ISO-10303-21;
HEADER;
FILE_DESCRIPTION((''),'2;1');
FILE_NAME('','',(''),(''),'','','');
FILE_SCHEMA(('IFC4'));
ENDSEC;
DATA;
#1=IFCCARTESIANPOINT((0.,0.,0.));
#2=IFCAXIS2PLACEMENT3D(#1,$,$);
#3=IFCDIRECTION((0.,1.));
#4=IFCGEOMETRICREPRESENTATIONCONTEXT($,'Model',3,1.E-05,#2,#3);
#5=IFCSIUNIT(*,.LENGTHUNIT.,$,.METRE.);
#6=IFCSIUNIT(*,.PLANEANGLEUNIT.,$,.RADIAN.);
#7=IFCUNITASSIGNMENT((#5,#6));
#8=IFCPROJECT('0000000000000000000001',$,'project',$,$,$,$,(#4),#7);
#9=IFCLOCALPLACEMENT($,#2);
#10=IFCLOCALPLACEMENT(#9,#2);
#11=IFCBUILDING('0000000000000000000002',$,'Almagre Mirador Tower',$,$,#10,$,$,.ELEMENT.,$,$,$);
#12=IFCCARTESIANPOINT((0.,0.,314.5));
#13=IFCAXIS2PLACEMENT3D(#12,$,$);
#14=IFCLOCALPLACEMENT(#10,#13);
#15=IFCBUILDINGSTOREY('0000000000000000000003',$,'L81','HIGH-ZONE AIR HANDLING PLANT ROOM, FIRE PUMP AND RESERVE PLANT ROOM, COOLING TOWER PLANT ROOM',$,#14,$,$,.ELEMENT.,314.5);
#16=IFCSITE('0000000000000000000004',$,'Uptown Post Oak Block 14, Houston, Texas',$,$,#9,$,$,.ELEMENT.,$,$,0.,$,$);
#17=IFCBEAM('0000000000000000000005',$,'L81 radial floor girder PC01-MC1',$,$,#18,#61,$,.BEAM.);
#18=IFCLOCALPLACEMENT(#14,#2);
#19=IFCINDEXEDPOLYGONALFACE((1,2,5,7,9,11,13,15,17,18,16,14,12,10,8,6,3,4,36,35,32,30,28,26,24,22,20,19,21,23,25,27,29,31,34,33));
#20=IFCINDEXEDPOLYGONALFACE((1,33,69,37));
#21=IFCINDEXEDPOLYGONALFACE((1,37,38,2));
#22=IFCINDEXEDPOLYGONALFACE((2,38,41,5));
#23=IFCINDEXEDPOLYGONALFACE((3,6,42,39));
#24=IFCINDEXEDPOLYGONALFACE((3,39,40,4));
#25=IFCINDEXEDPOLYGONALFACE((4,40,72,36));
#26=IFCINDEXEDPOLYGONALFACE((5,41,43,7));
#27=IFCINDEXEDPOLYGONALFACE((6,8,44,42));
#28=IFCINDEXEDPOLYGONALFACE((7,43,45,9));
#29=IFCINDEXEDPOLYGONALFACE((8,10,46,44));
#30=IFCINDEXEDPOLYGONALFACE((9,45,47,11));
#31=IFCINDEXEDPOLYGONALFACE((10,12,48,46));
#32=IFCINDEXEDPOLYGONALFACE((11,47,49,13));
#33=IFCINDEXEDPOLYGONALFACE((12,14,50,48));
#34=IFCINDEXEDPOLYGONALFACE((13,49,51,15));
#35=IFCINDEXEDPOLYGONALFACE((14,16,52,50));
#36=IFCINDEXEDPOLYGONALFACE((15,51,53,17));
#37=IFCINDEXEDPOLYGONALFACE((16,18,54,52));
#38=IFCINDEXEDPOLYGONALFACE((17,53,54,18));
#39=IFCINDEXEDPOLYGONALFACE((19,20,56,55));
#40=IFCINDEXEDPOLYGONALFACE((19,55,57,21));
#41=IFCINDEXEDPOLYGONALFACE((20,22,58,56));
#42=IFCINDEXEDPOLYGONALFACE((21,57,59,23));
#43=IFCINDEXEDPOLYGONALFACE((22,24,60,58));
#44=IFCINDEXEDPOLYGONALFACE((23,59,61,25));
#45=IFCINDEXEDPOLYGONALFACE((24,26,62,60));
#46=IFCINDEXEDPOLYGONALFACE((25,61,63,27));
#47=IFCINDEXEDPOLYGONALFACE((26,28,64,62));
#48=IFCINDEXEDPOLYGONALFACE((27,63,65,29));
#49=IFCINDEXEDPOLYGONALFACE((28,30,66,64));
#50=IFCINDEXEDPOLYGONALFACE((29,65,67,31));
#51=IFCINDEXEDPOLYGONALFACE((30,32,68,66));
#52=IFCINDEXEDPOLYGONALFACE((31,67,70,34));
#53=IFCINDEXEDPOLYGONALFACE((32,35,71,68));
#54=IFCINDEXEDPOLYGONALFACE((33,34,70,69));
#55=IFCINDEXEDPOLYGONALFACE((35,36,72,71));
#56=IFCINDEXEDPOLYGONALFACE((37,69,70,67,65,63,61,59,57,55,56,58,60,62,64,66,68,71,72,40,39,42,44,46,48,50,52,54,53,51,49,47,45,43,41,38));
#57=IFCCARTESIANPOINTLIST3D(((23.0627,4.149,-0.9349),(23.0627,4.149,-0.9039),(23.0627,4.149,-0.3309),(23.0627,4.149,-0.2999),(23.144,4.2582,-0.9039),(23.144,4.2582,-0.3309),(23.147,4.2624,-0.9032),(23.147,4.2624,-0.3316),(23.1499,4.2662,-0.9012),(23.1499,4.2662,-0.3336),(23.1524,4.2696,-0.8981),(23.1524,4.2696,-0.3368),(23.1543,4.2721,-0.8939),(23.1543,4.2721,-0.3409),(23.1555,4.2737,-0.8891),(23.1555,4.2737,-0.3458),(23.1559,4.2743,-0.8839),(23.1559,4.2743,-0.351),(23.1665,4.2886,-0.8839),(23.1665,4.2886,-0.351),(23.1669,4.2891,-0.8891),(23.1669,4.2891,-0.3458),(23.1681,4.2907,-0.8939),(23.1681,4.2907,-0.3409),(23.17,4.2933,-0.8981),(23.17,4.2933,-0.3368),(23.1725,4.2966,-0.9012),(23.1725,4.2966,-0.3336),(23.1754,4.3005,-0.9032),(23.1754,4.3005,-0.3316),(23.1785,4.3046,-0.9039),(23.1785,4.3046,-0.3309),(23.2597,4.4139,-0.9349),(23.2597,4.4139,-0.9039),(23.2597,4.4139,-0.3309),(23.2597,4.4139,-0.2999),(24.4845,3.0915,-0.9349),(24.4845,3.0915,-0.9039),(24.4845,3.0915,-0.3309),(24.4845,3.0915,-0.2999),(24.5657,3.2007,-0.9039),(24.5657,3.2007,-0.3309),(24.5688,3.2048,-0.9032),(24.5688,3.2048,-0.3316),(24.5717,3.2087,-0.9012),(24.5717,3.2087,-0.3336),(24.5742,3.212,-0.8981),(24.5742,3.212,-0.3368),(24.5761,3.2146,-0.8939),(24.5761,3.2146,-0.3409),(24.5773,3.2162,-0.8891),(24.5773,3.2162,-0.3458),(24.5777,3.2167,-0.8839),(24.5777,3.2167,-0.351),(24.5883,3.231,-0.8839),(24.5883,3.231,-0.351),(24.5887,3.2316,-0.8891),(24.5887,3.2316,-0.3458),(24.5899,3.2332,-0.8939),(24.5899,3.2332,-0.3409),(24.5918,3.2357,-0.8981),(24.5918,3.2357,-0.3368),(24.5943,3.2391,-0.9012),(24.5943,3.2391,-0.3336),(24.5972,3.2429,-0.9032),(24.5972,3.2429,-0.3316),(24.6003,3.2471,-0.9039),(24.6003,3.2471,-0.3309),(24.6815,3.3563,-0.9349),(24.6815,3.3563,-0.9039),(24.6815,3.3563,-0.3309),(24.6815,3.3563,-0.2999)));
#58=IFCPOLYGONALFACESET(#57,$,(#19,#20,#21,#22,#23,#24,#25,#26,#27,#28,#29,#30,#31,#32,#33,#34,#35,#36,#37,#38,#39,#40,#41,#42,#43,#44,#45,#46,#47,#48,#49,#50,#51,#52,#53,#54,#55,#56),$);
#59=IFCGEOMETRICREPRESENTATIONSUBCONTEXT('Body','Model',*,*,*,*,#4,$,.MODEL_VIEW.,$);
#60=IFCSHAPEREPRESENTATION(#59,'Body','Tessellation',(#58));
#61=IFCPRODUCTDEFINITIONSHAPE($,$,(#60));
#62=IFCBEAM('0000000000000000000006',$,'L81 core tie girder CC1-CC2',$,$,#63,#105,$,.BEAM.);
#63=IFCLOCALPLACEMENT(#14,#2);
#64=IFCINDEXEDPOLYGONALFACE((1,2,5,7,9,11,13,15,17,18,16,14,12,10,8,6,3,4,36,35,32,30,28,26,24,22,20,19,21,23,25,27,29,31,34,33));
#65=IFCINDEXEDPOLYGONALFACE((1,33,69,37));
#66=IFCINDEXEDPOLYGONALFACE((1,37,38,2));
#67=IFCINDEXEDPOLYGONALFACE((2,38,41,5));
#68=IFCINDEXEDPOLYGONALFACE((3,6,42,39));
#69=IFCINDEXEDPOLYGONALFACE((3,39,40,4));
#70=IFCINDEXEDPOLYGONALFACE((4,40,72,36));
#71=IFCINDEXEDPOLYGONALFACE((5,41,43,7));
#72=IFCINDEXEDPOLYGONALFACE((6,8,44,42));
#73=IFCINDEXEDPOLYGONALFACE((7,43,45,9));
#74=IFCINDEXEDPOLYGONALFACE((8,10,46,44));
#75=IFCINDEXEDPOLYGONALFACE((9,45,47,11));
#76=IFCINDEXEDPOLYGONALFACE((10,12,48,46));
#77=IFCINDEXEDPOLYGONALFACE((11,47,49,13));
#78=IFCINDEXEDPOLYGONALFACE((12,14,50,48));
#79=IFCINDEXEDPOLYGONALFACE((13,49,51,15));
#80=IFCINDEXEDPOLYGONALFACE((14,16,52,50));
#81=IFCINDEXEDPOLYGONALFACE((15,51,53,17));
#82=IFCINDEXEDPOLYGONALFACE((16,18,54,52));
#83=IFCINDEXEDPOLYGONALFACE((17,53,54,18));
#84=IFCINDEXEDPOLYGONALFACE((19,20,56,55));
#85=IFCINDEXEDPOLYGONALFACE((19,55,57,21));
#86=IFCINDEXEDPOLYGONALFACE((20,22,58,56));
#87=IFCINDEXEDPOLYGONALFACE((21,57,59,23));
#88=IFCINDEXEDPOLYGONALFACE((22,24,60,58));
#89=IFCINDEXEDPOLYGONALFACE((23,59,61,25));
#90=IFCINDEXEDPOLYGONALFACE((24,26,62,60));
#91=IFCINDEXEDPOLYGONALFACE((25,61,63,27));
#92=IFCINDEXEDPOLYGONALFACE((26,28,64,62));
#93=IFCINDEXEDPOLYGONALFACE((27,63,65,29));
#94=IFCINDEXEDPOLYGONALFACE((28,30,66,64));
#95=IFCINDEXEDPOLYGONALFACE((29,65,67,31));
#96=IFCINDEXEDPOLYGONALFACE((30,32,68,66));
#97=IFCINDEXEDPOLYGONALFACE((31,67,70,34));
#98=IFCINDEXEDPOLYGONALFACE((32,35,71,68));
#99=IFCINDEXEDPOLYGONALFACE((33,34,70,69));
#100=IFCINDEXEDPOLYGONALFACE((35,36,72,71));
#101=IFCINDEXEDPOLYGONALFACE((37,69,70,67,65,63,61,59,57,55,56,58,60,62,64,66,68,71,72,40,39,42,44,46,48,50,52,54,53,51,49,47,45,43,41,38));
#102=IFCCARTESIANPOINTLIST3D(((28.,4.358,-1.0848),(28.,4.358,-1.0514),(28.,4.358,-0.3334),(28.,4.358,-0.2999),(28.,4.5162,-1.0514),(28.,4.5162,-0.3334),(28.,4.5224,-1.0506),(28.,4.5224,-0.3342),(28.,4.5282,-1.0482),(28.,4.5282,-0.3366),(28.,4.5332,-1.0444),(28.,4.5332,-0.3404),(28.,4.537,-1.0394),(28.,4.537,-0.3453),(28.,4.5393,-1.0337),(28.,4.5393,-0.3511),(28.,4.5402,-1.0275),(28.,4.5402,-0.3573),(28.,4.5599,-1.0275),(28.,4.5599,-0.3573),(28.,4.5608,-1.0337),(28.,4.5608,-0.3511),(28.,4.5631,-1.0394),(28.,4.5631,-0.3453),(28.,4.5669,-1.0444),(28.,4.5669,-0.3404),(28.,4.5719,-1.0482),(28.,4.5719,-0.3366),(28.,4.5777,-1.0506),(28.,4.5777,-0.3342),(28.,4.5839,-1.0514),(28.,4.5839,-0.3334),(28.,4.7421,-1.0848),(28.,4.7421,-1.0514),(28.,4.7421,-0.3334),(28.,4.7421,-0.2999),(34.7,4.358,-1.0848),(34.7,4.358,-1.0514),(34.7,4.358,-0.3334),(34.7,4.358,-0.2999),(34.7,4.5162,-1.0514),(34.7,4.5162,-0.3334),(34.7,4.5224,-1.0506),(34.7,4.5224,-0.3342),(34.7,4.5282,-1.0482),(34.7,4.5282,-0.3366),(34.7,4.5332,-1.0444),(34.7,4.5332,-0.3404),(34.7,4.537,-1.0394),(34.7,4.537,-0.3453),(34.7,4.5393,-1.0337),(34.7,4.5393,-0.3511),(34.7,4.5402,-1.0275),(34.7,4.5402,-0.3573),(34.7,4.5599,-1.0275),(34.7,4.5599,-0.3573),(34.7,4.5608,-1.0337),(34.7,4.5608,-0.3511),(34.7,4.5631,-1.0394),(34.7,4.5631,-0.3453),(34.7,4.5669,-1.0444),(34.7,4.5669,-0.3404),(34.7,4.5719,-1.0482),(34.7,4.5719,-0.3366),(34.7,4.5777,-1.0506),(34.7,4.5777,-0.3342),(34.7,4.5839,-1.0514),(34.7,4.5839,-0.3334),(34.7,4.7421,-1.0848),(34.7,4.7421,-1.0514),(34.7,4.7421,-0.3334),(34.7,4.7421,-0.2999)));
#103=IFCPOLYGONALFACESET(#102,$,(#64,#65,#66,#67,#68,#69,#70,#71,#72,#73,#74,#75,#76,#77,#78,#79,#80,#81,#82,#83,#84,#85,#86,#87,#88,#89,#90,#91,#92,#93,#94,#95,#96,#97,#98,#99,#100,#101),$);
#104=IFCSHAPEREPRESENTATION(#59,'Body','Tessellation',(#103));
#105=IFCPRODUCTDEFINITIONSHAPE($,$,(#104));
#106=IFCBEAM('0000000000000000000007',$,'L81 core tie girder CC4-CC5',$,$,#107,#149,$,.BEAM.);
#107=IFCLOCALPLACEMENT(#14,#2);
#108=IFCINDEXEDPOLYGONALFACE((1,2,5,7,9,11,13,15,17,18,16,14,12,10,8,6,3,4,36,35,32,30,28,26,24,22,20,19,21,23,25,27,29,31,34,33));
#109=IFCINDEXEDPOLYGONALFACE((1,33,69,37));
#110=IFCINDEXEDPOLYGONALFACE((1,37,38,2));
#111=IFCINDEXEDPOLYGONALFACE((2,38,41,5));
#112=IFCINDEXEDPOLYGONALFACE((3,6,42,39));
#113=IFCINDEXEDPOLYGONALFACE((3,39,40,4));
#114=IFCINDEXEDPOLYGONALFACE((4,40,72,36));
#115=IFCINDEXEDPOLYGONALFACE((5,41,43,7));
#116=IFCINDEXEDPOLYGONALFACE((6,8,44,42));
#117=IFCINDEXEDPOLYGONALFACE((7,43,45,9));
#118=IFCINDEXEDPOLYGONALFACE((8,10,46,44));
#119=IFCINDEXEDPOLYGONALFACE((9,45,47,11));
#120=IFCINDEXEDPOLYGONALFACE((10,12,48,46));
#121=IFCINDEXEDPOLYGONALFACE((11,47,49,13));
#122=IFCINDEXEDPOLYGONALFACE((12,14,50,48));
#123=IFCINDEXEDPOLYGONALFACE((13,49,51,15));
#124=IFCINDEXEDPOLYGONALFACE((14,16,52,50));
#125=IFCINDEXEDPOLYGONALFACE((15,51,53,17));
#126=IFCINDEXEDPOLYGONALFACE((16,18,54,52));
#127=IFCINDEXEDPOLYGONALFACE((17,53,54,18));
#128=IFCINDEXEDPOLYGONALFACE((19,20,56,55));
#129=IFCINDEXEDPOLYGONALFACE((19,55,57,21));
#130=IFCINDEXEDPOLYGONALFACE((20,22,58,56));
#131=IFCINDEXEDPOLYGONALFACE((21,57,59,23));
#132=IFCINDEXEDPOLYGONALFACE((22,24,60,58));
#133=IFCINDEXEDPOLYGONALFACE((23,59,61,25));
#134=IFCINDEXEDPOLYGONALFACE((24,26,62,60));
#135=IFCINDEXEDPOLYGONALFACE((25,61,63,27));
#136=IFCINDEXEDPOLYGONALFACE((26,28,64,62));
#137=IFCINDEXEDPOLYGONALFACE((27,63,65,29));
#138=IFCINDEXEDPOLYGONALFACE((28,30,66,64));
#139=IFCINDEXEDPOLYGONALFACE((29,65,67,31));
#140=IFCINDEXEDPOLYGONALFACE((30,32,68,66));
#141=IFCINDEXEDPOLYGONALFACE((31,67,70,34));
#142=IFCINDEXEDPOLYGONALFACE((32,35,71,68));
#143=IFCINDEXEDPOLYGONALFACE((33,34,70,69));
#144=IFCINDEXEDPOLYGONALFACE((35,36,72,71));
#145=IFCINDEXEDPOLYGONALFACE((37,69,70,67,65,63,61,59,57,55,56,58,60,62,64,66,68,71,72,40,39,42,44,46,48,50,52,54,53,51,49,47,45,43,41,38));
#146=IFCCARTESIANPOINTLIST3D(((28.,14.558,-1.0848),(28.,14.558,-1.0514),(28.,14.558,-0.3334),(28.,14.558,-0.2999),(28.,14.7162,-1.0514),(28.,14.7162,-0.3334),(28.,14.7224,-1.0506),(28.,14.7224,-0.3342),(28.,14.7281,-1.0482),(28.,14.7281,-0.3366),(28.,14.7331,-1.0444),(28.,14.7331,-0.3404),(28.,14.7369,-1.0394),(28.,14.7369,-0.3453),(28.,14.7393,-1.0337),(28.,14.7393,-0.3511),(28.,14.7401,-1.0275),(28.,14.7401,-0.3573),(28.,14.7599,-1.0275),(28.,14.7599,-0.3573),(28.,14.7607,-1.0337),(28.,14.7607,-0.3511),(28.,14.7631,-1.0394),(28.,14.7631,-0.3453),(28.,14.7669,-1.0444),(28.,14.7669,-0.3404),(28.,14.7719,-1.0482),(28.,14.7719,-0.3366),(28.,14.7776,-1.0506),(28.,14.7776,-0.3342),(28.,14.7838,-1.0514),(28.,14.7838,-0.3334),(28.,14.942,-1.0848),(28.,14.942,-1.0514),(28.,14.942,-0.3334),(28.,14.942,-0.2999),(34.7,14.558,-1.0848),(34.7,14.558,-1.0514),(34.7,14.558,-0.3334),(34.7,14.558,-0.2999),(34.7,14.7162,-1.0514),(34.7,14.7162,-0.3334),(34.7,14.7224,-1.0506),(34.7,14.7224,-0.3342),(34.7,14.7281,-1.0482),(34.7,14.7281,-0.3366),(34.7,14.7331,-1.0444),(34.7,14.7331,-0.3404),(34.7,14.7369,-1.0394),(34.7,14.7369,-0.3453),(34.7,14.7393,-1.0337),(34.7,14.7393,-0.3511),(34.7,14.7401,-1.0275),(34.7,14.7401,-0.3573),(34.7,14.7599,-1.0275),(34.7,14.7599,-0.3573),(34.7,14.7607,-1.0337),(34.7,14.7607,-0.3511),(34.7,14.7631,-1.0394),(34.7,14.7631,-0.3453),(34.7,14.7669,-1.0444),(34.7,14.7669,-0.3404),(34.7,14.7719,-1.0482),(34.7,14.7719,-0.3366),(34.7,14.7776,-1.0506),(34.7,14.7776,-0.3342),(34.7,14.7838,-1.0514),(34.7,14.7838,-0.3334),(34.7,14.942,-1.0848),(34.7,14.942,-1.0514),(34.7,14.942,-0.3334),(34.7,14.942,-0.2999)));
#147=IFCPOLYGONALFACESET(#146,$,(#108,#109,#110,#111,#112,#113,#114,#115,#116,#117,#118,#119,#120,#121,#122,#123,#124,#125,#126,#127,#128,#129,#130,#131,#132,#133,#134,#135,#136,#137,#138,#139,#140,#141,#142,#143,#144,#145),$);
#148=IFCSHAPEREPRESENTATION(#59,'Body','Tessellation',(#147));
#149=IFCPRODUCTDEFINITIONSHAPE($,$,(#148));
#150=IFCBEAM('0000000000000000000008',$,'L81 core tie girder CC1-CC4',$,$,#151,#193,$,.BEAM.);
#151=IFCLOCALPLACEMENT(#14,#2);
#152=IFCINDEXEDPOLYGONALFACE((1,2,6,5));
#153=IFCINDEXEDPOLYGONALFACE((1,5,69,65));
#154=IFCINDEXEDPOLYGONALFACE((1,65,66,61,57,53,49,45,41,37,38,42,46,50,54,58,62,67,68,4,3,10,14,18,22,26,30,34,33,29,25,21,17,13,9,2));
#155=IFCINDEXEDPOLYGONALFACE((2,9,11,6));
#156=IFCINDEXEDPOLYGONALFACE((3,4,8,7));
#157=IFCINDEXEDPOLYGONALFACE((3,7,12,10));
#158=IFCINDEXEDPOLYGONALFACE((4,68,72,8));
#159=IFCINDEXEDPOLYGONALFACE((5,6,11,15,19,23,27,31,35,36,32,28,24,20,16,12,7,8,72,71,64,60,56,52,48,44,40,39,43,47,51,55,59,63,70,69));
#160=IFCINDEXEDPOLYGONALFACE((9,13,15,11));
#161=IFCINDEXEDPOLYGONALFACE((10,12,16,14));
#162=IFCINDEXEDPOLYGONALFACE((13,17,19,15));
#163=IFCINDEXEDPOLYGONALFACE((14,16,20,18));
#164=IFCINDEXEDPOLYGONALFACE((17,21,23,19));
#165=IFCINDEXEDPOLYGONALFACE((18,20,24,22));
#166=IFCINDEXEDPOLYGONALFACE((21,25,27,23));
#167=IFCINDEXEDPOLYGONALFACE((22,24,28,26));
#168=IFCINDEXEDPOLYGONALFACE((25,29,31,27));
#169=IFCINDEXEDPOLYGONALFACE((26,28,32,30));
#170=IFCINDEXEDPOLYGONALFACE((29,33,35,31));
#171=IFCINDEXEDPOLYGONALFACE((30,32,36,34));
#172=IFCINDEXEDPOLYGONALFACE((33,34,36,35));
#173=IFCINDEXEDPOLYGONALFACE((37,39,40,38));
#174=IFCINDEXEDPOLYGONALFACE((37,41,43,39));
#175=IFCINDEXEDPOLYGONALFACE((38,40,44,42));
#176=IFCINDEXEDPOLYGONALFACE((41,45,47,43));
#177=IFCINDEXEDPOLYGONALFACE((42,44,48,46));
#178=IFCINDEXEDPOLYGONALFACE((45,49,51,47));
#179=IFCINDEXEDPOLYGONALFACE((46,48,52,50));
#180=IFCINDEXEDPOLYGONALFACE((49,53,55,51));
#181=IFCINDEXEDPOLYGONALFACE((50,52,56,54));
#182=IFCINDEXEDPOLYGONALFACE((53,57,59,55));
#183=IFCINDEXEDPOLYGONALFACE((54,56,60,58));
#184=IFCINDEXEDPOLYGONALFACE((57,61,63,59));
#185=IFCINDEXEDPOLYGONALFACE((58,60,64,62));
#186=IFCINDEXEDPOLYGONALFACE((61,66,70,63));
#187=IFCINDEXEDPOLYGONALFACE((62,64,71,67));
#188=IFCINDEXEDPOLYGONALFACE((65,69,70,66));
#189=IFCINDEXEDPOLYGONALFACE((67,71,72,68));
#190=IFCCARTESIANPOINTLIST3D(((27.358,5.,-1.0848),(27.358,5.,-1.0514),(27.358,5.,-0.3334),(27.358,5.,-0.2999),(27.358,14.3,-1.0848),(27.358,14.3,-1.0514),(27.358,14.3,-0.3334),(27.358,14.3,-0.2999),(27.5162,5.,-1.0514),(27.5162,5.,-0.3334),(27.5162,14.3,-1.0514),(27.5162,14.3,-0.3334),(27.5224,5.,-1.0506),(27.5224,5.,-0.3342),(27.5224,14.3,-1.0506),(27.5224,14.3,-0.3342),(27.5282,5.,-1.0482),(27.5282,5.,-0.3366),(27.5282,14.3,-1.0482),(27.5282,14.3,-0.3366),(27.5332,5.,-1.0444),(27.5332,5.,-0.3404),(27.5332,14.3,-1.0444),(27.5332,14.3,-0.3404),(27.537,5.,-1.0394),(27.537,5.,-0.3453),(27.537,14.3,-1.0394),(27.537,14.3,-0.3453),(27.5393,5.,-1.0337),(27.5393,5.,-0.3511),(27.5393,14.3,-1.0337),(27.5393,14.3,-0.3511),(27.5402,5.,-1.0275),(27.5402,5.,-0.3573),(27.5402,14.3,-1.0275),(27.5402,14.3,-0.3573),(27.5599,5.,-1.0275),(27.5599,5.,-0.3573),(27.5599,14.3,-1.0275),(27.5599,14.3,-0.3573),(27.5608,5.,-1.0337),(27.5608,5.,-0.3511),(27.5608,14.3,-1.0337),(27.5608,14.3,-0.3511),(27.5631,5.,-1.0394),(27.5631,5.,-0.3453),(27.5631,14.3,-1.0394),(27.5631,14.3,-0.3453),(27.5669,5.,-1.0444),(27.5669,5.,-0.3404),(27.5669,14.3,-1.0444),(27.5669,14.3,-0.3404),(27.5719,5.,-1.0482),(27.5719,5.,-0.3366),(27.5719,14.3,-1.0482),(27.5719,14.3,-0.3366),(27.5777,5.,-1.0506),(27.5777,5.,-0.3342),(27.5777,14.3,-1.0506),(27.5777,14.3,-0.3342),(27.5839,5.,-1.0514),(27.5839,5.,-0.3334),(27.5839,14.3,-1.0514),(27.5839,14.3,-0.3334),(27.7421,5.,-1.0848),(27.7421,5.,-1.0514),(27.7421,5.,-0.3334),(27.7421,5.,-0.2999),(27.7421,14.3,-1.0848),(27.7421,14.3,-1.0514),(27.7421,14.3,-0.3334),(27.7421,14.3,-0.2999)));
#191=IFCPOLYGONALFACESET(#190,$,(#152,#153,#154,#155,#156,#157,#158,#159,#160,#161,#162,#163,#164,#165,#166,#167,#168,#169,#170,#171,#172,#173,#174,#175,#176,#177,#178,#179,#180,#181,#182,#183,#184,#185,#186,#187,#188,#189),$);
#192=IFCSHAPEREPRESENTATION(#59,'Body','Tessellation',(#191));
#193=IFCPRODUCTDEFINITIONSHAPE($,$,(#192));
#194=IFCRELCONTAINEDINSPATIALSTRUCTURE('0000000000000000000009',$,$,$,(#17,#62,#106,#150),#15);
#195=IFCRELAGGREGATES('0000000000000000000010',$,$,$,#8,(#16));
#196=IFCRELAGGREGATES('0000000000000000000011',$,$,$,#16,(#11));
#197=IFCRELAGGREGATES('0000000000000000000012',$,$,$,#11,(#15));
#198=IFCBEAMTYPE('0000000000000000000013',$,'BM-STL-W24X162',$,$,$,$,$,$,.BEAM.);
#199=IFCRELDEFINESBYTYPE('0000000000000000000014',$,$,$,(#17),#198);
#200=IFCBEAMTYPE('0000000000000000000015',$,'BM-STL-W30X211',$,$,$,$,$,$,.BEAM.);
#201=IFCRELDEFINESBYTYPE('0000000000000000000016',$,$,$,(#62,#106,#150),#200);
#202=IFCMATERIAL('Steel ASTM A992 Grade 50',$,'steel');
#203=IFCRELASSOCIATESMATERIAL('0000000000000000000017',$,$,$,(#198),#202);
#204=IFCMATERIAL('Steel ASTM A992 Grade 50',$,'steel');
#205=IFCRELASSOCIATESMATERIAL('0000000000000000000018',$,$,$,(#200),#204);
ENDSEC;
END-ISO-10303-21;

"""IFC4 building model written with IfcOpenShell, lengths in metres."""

from ifc_helpers import new_model, si_unit, direction, frame, origin, origin_2d, place, context, subcontext, project, spatial, i_section, extrude, material, material_profile, profile_set, type_object, element, save


model = new_model("IFC4")

# Units and contexts
model_context = context("Model", 3, precision=1e-05, world=origin(), true_north=direction((0.0, 1.0)))
body_context = subcontext(model_context, "Body", "Model", "MODEL_VIEW")
ifc_project = project(units=[si_unit("LENGTHUNIT", "METRE"), si_unit("PLANEANGLEUNIT", "RADIAN")], contexts=[model_context])

# Site, building, storey
site_placement = place(None, origin())
site = spatial("IfcSite", under=ifc_project, at=site_placement, Name="Uptown Post Oak Block 14, Houston, Texas", CompositionType="ELEMENT", RefElevation=0.0)
building_placement = place(site_placement, origin())
building = spatial("IfcBuilding", under=site, at=building_placement, Name="Almagre Mirador Tower", CompositionType="ELEMENT")
storey_placement = place(building_placement, frame((0.0, 0.0, 314.5)))
storey = spatial("IfcBuildingStorey", under=building, at=storey_placement, Name="L81", Description="HIGH-ZONE AIR HANDLING PLANT ROOM, FIRE PUMP AND RESERVE PLANT ROOM, COOLING TOWER PLANT ROOM", CompositionType="ELEMENT", Elevation=314.5)

# Beams
ifc_material_1 = material(Name="Steel ASTM A992 Grade 50", Category="steel")
ifc_material_profile_1 = material_profile(ifc_material_1, i_section(OverallWidth=0.3301, OverallDepth=0.635, WebThickness=0.0178, FlangeThickness=0.031, FilletRadius=0.02, at=origin_2d()), Name="W24X162")
ifc_profile_set_1 = profile_set([ifc_material_profile_1], Name="Steel ASTM A992 Grade 50")
beam_type_1 = type_object("IfcBeamType", Name="BM-STL-W24X162", PredefinedType="BEAM", material=ifc_profile_set_1)
beam_1_placement = place(storey_placement, frame((24.583, 3.2239, -0.6174), z_axis=(-0.802374, 0.596821, 0.0), x_axis=(-0.596821, -0.802374, 0.0)))
element("IfcBeam", 1, at=beam_1_placement, inside=storey, type_object=beam_type_1, Name="L81 radial floor girder PC01-MC1", PredefinedType="BEAM", context=body_context, shape_type="SweptSolid", body=[
    extrude(i_section(OverallWidth=0.3301, OverallDepth=0.635, WebThickness=0.0178, FlangeThickness=0.031, FilletRadius=0.02, at=origin_2d()), origin(), (0.0, 0.0, 1.0), 1.772),
])
ifc_material_2 = material(Name="Steel ASTM A992 Grade 50", Category="steel")
ifc_material_profile_2 = material_profile(ifc_material_2, i_section(OverallWidth=0.384, OverallDepth=0.7849, WebThickness=0.0198, FlangeThickness=0.0334, FilletRadius=0.0239, at=origin_2d()), Name="W30X211")
ifc_profile_set_2 = profile_set([ifc_material_profile_2], Name="Steel ASTM A992 Grade 50")
beam_type_2 = type_object("IfcBeamType", Name="BM-STL-W30X211", PredefinedType="BEAM", material=ifc_profile_set_2)
for number, where, z_axis, x_axis, name in (
    (2, (28.0, 4.55, -0.6924), (1.0, 0.0, 0.0), (0.0, 1.0, 0.0), "L81 core tie girder CC1-CC2"),
    (3, (28.0, 14.75, -0.6924), (1.0, 0.0, 0.0), (0.0, 1.0, 0.0), "L81 core tie girder CC4-CC5"),
):
    element("IfcBeam", number, at=place(storey_placement, frame(where, z_axis=z_axis, x_axis=x_axis)), inside=storey, type_object=beam_type_2, Name=name, PredefinedType="BEAM", context=body_context, shape_type="SweptSolid", body=[
        extrude(i_section(OverallWidth=0.384, OverallDepth=0.7849, WebThickness=0.0198, FlangeThickness=0.0334, FilletRadius=0.0239, at=origin_2d()), origin(), (0.0, 0.0, 1.0), 6.7),
    ])
beam_2_placement = place(storey_placement, frame((27.55, 5.0, -0.6924), z_axis=(0.0, 1.0, 0.0), x_axis=(-1.0, 0.0, 0.0)))
element("IfcBeam", 4, at=beam_2_placement, inside=storey, type_object=beam_type_2, Name="L81 core tie girder CC1-CC4", PredefinedType="BEAM", context=body_context, shape_type="SweptSolid", body=[
    extrude(i_section(OverallWidth=0.384, OverallDepth=0.7849, WebThickness=0.0198, FlangeThickness=0.0334, FilletRadius=0.0239, at=origin_2d()), origin(), (0.0, 0.0, 1.0), 9.3),
])

save(model, "model.ifc")
